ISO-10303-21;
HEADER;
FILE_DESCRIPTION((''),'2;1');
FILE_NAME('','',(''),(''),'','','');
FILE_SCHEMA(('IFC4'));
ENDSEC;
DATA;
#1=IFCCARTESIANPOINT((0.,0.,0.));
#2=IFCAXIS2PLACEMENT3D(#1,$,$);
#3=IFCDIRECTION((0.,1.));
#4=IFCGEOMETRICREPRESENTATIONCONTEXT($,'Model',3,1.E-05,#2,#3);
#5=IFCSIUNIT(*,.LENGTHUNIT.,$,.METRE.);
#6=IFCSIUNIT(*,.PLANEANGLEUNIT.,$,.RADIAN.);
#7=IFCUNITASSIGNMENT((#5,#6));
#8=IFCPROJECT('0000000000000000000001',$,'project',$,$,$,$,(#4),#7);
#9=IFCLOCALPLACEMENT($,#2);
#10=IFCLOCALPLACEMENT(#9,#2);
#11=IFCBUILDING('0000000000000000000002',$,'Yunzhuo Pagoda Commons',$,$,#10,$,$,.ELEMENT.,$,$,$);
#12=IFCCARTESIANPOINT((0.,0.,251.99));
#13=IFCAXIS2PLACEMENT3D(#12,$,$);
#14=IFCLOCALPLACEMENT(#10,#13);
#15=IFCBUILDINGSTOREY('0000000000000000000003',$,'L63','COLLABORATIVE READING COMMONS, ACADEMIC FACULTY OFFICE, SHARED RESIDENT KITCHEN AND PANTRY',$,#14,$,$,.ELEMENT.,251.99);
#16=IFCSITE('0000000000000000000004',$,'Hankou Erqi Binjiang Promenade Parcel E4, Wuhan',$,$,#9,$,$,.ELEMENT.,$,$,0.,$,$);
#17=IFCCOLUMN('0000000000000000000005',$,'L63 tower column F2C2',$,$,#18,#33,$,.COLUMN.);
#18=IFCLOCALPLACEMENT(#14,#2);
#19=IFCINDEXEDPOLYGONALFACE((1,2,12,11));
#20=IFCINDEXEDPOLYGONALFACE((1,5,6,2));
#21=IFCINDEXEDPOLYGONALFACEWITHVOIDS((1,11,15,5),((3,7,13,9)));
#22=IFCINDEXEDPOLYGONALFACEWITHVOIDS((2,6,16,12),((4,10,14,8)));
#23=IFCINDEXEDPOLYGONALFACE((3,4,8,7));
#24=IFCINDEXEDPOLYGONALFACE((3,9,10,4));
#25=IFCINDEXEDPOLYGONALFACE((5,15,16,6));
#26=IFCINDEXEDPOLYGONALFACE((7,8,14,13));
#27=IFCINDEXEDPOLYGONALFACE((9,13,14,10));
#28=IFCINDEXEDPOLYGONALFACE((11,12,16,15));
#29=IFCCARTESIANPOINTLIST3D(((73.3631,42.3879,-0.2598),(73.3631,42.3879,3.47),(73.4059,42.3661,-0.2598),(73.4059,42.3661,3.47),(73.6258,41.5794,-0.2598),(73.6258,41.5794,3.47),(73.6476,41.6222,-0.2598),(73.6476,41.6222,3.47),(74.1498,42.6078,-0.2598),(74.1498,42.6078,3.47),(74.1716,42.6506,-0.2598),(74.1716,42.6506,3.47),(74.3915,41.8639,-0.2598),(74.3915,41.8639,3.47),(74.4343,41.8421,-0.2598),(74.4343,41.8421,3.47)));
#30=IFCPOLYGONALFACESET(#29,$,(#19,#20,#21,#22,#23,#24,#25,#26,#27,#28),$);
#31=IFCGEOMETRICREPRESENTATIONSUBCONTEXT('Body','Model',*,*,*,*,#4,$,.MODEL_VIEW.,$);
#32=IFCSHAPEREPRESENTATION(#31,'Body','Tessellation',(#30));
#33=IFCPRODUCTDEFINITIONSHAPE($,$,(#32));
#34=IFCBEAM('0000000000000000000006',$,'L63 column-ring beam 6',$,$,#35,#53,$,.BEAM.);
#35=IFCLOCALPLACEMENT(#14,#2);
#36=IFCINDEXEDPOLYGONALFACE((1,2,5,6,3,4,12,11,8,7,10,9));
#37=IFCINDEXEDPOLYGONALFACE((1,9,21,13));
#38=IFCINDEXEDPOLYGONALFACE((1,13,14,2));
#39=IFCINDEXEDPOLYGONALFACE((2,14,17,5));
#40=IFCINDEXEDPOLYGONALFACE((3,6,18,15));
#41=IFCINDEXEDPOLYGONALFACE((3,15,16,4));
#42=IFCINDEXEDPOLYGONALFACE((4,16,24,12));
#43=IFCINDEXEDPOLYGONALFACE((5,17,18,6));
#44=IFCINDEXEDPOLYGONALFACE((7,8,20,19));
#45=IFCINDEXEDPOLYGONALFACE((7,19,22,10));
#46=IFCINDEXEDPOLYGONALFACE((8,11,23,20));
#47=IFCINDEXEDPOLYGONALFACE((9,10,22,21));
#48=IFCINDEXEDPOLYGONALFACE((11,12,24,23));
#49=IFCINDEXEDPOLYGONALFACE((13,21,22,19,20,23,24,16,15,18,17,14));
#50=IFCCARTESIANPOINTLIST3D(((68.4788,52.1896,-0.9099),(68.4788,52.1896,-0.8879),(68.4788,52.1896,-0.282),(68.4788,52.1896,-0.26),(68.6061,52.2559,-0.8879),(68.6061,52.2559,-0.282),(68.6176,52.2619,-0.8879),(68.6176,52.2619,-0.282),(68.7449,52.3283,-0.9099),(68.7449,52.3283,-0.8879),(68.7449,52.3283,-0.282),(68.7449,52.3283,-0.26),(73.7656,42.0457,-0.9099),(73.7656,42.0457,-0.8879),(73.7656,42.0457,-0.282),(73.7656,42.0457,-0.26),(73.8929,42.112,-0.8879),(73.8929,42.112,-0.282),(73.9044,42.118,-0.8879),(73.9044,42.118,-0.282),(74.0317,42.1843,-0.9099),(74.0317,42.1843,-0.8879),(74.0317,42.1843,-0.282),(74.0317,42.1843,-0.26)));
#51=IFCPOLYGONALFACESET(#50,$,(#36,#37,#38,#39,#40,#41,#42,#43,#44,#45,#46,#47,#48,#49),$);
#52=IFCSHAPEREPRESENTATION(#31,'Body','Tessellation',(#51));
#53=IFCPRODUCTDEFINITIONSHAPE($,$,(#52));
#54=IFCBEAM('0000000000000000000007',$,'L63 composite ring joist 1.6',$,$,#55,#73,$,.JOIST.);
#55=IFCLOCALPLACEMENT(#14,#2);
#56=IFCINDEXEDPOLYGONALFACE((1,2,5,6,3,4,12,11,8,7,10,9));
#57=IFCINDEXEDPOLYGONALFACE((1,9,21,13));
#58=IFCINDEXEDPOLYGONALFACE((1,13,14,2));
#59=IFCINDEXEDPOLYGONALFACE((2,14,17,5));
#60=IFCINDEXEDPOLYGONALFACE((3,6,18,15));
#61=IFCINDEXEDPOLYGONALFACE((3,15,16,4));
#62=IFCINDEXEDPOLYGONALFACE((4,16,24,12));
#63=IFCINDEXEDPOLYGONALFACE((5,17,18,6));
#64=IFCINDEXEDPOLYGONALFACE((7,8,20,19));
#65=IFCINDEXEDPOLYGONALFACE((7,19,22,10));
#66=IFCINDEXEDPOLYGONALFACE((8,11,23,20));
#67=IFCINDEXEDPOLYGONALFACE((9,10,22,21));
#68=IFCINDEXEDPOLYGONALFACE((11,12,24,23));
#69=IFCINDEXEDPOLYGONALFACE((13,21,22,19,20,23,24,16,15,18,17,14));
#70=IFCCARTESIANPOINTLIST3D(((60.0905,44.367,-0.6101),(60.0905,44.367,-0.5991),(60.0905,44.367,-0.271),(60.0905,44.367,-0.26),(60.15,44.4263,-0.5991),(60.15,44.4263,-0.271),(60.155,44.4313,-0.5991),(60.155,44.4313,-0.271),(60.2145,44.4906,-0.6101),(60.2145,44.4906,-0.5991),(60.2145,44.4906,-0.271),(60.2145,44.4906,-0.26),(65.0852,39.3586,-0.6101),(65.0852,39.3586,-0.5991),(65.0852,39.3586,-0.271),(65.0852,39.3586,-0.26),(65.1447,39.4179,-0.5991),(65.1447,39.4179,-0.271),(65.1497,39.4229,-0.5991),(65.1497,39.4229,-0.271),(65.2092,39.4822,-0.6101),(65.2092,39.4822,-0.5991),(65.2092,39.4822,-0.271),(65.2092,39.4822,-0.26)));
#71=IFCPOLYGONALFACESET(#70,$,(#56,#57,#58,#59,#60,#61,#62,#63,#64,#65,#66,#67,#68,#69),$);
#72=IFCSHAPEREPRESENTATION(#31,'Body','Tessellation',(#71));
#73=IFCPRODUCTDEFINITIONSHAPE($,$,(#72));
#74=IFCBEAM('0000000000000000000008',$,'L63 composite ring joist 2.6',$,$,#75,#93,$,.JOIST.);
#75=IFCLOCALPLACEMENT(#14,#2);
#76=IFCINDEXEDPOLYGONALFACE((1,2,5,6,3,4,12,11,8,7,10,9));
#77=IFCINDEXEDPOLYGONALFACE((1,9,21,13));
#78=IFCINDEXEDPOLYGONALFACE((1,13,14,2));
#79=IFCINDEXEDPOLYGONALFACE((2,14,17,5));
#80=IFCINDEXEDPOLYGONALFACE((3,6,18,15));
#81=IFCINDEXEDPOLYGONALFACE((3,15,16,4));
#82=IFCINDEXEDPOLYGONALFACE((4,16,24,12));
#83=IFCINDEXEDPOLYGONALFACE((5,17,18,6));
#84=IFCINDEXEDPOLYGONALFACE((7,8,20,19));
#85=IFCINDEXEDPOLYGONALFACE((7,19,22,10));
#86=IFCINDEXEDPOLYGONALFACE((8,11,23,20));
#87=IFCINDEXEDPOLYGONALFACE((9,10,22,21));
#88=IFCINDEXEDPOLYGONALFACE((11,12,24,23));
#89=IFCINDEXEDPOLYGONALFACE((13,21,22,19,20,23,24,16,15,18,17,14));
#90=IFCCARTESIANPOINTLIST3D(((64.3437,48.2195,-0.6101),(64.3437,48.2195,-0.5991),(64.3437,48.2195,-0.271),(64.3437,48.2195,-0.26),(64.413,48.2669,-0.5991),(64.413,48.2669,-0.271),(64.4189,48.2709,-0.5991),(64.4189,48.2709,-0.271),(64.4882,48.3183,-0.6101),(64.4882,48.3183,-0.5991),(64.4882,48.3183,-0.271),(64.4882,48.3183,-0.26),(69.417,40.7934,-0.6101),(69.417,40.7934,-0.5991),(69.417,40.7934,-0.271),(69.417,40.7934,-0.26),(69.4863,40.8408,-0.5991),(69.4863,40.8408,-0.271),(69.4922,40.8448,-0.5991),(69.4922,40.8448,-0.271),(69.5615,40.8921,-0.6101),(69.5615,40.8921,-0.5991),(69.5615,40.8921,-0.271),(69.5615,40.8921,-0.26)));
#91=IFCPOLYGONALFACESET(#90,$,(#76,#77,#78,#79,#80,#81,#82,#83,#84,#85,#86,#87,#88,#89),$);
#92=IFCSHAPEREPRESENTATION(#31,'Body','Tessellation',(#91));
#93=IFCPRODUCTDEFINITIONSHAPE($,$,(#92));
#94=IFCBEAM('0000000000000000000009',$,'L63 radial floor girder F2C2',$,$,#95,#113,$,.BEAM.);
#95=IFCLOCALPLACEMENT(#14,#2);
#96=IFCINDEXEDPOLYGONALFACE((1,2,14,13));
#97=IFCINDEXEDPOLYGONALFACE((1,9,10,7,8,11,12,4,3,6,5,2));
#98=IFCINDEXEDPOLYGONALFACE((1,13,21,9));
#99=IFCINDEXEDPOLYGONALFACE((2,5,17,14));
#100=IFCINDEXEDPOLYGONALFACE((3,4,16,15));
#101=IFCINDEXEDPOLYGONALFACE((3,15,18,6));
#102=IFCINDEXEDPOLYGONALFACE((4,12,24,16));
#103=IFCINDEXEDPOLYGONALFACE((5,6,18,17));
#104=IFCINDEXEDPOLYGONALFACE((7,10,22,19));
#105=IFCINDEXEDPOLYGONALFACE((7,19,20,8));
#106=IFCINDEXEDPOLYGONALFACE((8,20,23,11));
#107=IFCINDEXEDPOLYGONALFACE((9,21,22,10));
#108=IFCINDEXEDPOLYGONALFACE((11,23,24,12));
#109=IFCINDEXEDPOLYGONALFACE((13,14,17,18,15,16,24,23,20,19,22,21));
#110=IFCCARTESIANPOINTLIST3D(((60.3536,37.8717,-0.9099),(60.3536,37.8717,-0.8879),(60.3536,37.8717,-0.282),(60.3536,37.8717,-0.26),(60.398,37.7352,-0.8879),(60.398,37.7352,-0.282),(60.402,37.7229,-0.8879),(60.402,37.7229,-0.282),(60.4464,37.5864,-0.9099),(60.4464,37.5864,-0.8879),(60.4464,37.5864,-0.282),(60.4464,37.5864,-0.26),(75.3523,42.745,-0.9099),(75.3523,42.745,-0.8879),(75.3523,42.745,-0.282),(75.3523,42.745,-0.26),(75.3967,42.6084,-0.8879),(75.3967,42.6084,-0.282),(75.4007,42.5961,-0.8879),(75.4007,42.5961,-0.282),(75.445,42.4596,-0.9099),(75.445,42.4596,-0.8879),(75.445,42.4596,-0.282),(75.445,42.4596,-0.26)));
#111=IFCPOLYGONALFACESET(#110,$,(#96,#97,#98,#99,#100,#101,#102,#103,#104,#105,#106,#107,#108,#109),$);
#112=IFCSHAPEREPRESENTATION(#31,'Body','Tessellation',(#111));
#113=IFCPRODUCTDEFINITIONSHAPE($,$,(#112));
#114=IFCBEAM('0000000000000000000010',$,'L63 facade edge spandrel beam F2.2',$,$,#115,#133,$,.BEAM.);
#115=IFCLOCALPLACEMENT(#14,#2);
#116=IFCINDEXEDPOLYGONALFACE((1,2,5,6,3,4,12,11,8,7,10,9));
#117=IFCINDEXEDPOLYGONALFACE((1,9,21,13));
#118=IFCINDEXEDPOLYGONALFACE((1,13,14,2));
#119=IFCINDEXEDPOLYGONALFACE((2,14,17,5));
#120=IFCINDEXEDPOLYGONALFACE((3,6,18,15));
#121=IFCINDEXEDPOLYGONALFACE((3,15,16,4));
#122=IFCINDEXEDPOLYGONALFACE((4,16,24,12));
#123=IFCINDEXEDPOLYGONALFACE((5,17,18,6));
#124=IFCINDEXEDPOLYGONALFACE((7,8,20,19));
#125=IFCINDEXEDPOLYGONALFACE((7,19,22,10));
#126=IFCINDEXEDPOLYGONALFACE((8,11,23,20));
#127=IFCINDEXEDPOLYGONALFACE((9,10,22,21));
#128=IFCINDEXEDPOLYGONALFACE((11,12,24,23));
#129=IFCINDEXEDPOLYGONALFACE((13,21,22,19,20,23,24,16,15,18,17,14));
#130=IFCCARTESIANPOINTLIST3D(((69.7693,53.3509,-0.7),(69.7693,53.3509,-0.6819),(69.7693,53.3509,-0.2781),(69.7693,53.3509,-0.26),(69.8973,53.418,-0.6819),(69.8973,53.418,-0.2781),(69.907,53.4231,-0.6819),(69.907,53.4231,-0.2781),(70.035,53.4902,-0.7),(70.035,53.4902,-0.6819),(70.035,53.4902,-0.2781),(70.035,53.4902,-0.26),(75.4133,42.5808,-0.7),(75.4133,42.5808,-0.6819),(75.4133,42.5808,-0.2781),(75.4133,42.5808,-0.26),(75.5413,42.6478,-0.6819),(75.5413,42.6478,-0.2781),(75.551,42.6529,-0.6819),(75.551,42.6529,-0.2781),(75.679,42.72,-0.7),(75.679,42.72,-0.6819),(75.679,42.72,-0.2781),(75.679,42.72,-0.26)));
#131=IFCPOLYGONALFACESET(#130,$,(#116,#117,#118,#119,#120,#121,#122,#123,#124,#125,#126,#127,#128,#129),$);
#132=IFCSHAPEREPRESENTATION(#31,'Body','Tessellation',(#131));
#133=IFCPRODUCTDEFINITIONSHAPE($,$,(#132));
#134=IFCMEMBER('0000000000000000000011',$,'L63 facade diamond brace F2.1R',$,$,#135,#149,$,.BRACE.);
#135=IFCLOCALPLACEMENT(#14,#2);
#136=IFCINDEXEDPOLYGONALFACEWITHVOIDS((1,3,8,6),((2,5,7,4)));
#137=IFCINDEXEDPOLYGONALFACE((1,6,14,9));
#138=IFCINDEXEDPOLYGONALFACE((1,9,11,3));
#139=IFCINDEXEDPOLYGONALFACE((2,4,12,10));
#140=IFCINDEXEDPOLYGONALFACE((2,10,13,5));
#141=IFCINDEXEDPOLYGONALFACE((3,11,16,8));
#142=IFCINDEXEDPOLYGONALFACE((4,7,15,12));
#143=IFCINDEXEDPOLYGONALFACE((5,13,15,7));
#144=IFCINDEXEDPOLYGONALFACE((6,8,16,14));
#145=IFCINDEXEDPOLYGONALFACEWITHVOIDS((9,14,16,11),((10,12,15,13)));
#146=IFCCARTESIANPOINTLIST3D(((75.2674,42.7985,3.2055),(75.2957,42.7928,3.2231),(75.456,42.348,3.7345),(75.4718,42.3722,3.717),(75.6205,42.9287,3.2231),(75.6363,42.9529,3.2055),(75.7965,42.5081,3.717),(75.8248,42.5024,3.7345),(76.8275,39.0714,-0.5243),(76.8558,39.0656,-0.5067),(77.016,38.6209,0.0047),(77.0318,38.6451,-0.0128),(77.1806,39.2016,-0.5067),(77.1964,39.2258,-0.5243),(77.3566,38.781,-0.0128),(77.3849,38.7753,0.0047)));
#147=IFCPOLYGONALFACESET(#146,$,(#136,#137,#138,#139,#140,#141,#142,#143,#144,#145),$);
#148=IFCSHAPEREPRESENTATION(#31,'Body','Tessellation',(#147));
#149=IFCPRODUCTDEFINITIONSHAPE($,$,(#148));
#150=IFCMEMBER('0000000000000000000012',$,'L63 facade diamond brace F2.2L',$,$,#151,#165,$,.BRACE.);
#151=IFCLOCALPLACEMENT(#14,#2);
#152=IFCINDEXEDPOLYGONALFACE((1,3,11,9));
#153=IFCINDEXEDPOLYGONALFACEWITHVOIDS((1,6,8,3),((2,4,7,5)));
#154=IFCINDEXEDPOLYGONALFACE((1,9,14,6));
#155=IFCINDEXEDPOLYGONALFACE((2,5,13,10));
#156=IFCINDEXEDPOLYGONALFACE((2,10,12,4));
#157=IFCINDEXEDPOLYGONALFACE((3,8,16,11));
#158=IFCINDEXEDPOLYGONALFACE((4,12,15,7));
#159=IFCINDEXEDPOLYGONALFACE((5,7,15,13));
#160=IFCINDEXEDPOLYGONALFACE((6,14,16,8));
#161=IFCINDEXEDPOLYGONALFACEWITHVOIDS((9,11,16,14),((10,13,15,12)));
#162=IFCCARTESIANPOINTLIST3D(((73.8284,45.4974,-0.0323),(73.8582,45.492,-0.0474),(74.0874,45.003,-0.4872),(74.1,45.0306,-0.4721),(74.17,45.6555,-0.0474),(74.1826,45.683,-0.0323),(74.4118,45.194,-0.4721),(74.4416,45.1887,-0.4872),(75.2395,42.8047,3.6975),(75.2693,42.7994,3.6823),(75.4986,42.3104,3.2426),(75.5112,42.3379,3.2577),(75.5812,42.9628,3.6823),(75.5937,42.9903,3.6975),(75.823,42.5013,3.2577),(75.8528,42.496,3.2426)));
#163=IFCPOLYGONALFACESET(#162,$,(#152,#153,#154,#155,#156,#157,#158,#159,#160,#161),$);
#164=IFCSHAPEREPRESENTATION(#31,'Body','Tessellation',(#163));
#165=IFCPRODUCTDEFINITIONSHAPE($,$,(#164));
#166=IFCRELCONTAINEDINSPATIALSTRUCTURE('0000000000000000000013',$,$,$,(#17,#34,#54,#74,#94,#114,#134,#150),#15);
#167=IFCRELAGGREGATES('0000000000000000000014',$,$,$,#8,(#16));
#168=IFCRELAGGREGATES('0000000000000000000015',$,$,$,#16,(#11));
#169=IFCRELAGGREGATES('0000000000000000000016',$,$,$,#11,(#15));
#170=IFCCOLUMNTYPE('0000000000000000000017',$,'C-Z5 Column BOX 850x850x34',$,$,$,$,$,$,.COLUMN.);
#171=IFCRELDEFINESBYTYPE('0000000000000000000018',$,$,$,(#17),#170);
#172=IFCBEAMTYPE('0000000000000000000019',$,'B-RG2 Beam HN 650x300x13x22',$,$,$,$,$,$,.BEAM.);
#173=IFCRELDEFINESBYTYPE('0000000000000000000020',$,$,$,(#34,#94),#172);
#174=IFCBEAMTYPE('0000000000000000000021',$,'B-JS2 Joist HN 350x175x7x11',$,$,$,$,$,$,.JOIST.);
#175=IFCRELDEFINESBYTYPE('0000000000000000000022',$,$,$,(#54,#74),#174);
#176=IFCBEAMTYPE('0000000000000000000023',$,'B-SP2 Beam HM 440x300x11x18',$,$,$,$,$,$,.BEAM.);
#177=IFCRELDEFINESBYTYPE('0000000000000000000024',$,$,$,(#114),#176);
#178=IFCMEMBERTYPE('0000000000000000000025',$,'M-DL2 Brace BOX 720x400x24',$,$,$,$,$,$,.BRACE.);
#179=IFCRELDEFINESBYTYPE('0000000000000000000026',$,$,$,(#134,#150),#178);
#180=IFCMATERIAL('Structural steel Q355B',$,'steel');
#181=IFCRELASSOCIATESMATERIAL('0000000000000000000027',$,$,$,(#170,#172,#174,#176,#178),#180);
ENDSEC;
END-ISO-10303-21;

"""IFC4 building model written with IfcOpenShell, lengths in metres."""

from ifc_helpers import new_model, si_unit, direction, frame, origin, origin_2d, place, context, subcontext, project, spatial, hollow_rectangle, i_section, extrude, source, transform, mapped, material, material_profile, profile_set, type_object, element, save


model = new_model("IFC4")

# Units and contexts
model_context = context("Model", 3, precision=1e-05, world=origin(), true_north=direction((0.0, 1.0)))
body_context = subcontext(model_context, "Body", "Model", "MODEL_VIEW")
ifc_project = project(units=[si_unit("LENGTHUNIT", "METRE"), si_unit("PLANEANGLEUNIT", "RADIAN")], contexts=[model_context])

# Site, building, storey
site_placement = place(None, origin())
site = spatial("IfcSite", under=ifc_project, at=site_placement, Name="Hankou Erqi Binjiang Promenade Parcel E4, Wuhan", CompositionType="ELEMENT", RefElevation=0.0)
building_placement = place(site_placement, origin())
building = spatial("IfcBuilding", under=site, at=building_placement, Name="Yunzhuo Pagoda Commons", CompositionType="ELEMENT")
storey_placement = place(building_placement, frame((0.0, 0.0, 251.99)))
storey = spatial("IfcBuildingStorey", under=building, at=storey_placement, Name="L63", Description="COLLABORATIVE READING COMMONS, ACADEMIC FACULTY OFFICE, SHARED RESIDENT KITCHEN AND PANTRY", CompositionType="ELEMENT", Elevation=251.99)

# Column
ifc_material_1 = material(Name="Structural steel Q355B", Category="steel")
ifc_material_profile_1 = material_profile(ifc_material_1, hollow_rectangle(XDim=0.8501, YDim=0.8501, WallThickness=0.0339, at=origin_2d()), Name="Structural steel Q355B")
ifc_profile_set_1 = profile_set([ifc_material_profile_1], Name="Structural steel Q355B")
column_type = type_object("IfcColumnType", Name="C-Z5 Column BOX 850x850x34", PredefinedType="COLUMN", material=ifc_profile_set_1)
shared_shape_1 = source(origin(), body_context, "Body", "SweptSolid", [
    extrude(hollow_rectangle(XDim=0.8501, YDim=0.8501, WallThickness=0.0339, at=origin_2d()), origin(), (0.0, 0.0, 1.0), 3.7297),
])
column_placement = place(storey_placement, frame((73.8987, 42.115, -0.2598), z_axis=(0.0, 0.0, 1.0), x_axis=(-0.309017, 0.951057, 0.0)))
element("IfcColumn", 1, at=column_placement, inside=storey, type_object=column_type, Name="L63 tower column F2C2", PredefinedType="COLUMN", context=body_context, shape_type="MappedRepresentation", body=[
    mapped(shared_shape_1, transform((0.0, 0.0, 0.0), scale=1.0)),
])

# Beams
ifc_material_profile_2 = material_profile(ifc_material_1, i_section(OverallWidth=0.3, OverallDepth=0.6499, WebThickness=0.0129, FlangeThickness=0.022, at=origin_2d()), Name="Structural steel Q355B")
ifc_profile_set_2 = profile_set([ifc_material_profile_2], Name="Structural steel Q355B")
beam_type_1 = type_object("IfcBeamType", Name="B-RG2 Beam HN 650x300x13x22", PredefinedType="BEAM", material=ifc_profile_set_2)
shared_shape_2 = source(origin(), body_context, "Body", "SweptSolid", [
    extrude(i_section(OverallWidth=0.3, OverallDepth=0.6499, WebThickness=0.0129, FlangeThickness=0.022, at=origin_2d()), origin(), (0.0, 0.0, 1.0), 11.439),
])
beam_1_placement = place(storey_placement, frame((73.8987, 42.115, -0.585), z_axis=(-0.462176, 0.886788, 0.0), x_axis=(-0.886788, -0.462176, 0.0)))
element("IfcBeam", 2, at=beam_1_placement, inside=storey, type_object=beam_type_1, Name="L63 column-ring beam 6", PredefinedType="BEAM", context=body_context, shape_type="MappedRepresentation", body=[
    mapped(shared_shape_2, transform((0.0, 0.0, 0.0), scale=1.0)),
])
ifc_material_profile_3 = material_profile(ifc_material_1, i_section(OverallWidth=0.175, OverallDepth=0.3501, WebThickness=0.0071, FlangeThickness=0.011, at=origin_2d()), Name="Structural steel Q355B")
ifc_profile_set_3 = profile_set([ifc_material_profile_3], Name="Structural steel Q355B")
beam_type_2 = type_object("IfcBeamType", Name="B-JS2 Joist HN 350x175x7x11", PredefinedType="JOIST", material=ifc_profile_set_3)
shared_shape_3 = source(origin(), body_context, "Body", "SweptSolid", [
    extrude(i_section(OverallWidth=0.175, OverallDepth=0.3501, WebThickness=0.0071, FlangeThickness=0.011, at=origin_2d()), origin(), (0.0, 0.0, 1.0), 7.0732),
])
beam_2_placement = place(storey_placement, frame((65.1472, 39.4204, -0.4351), z_axis=(-0.70614, 0.708073, 0.0), x_axis=(-0.708073, -0.70614, 0.0)))
element("IfcBeam", 3, at=beam_2_placement, inside=storey, type_object=beam_type_2, Name="L63 composite ring joist 1.6", PredefinedType="JOIST", context=body_context, shape_type="MappedRepresentation", body=[
    mapped(shared_shape_3, transform((0.0, 0.0, 0.0), scale=1.0)),
])
shared_shape_4 = source(origin(), body_context, "Body", "SweptSolid", [
    extrude(i_section(OverallWidth=0.175, OverallDepth=0.3501, WebThickness=0.0071, FlangeThickness=0.011, at=origin_2d()), origin(), (0.0, 0.0, 1.0), 8.9937),
])
beam_3_placement = place(storey_placement, frame((69.4893, 40.8428, -0.4351), z_axis=(-0.564099, 0.825707, 0.0), x_axis=(-0.825707, -0.564099, 0.0)))
element("IfcBeam", 4, at=beam_3_placement, inside=storey, type_object=beam_type_2, Name="L63 composite ring joist 2.6", PredefinedType="JOIST", context=body_context, shape_type="MappedRepresentation", body=[
    mapped(shared_shape_4, transform((0.0, 0.0, 0.0), scale=1.0)),
])
shared_shape_5 = source(origin(), body_context, "Body", "SweptSolid", [
    extrude(i_section(OverallWidth=0.3, OverallDepth=0.6499, WebThickness=0.0129, FlangeThickness=0.022, at=origin_2d()), origin(), (0.0, 0.0, 1.0), 15.7705),
])
beam_4_placement = place(storey_placement, frame((75.3987, 42.6023, -0.585), z_axis=(-0.951059, -0.309011, 0.0), x_axis=(0.309011, -0.951059, 0.0)))
element("IfcBeam", 5, at=beam_4_placement, inside=storey, type_object=beam_type_1, Name="L63 radial floor girder F2C2", PredefinedType="BEAM", context=body_context, shape_type="MappedRepresentation", body=[
    mapped(shared_shape_5, transform((0.0, 0.0, 0.0), scale=1.0)),
])
ifc_material_profile_4 = material_profile(ifc_material_1, i_section(OverallWidth=0.3, OverallDepth=0.4399, WebThickness=0.011, FlangeThickness=0.0181, at=origin_2d()), Name="Structural steel Q355B")
ifc_profile_set_4 = profile_set([ifc_material_profile_4], Name="Structural steel Q355B")
beam_type_3 = type_object("IfcBeamType", Name="B-SP2 Beam HM 440x300x11x18", PredefinedType="BEAM", material=ifc_profile_set_4)
shared_shape_6 = source(origin(), body_context, "Body", "SweptSolid", [
    extrude(i_section(OverallWidth=0.3, OverallDepth=0.4399, WebThickness=0.011, FlangeThickness=0.0181, at=origin_2d()), origin(), (0.0, 0.0, 1.0), 12.1594),
])
beam_5_placement = place(storey_placement, frame((75.5461, 42.6504, -0.48), z_axis=(-0.464167, 0.885748, 0.0), x_axis=(-0.885748, -0.464167, 0.0)))
element("IfcBeam", 6, at=beam_5_placement, inside=storey, type_object=beam_type_3, Name="L63 facade edge spandrel beam F2.2", PredefinedType="BEAM", context=body_context, shape_type="MappedRepresentation", body=[
    mapped(shared_shape_6, transform((0.0, 0.0, 0.0), scale=1.0)),
])

# Members
ifc_material_profile_5 = material_profile(ifc_material_1, hollow_rectangle(XDim=0.3999, YDim=0.72, WallThickness=0.0239, at=origin_2d()), Name="Structural steel Q355B")
ifc_profile_set_5 = profile_set([ifc_material_profile_5], Name="Structural steel Q355B")
member_type_1 = type_object("IfcMemberType", Name="M-DL2 Brace BOX 720x400x24", PredefinedType="BRACE", material=ifc_profile_set_5)
shared_shape_7 = source(origin(), body_context, "Body", "SweptSolid", [
    extrude(hollow_rectangle(XDim=0.3999, YDim=0.72, WallThickness=0.0239, at=origin_2d()), origin(), (0.0, 0.0, 1.0), 5.4988),
])
member_1_placement = place(storey_placement, frame((77.1062, 38.9233, -0.2598), z_axis=(-0.283714, 0.677807, 0.678295), x_axis=(-0.92245, -0.386117, 0.0)))
element("IfcMember", 7, at=member_1_placement, inside=storey, type_object=member_type_1, Name="L63 facade diamond brace F2.1R", PredefinedType="BRACE", context=body_context, shape_type="MappedRepresentation", body=[
    mapped(shared_shape_7, transform((0.0, 0.0, 0.0), scale=1.0)),
])
shared_shape_8 = source(origin(), body_context, "Body", "SweptSolid", [
    extrude(hollow_rectangle(XDim=0.3999, YDim=0.72, WallThickness=0.0239, at=origin_2d()), origin(), (0.0, 0.0, 1.0), 4.8118),
])
member_2_placement = place(storey_placement, frame((74.135, 45.343, -0.2598), z_axis=(0.293271, -0.5596, 0.775139), x_axis=(0.885736, 0.46419, 0.0)))
element("IfcMember", 8, at=member_2_placement, inside=storey, type_object=member_type_1, Name="L63 facade diamond brace F2.2L", PredefinedType="BRACE", context=body_context, shape_type="MappedRepresentation", body=[
    mapped(shared_shape_8, transform((0.0, 0.0, 0.0), scale=1.0)),
])

save(model, "model.ifc")
